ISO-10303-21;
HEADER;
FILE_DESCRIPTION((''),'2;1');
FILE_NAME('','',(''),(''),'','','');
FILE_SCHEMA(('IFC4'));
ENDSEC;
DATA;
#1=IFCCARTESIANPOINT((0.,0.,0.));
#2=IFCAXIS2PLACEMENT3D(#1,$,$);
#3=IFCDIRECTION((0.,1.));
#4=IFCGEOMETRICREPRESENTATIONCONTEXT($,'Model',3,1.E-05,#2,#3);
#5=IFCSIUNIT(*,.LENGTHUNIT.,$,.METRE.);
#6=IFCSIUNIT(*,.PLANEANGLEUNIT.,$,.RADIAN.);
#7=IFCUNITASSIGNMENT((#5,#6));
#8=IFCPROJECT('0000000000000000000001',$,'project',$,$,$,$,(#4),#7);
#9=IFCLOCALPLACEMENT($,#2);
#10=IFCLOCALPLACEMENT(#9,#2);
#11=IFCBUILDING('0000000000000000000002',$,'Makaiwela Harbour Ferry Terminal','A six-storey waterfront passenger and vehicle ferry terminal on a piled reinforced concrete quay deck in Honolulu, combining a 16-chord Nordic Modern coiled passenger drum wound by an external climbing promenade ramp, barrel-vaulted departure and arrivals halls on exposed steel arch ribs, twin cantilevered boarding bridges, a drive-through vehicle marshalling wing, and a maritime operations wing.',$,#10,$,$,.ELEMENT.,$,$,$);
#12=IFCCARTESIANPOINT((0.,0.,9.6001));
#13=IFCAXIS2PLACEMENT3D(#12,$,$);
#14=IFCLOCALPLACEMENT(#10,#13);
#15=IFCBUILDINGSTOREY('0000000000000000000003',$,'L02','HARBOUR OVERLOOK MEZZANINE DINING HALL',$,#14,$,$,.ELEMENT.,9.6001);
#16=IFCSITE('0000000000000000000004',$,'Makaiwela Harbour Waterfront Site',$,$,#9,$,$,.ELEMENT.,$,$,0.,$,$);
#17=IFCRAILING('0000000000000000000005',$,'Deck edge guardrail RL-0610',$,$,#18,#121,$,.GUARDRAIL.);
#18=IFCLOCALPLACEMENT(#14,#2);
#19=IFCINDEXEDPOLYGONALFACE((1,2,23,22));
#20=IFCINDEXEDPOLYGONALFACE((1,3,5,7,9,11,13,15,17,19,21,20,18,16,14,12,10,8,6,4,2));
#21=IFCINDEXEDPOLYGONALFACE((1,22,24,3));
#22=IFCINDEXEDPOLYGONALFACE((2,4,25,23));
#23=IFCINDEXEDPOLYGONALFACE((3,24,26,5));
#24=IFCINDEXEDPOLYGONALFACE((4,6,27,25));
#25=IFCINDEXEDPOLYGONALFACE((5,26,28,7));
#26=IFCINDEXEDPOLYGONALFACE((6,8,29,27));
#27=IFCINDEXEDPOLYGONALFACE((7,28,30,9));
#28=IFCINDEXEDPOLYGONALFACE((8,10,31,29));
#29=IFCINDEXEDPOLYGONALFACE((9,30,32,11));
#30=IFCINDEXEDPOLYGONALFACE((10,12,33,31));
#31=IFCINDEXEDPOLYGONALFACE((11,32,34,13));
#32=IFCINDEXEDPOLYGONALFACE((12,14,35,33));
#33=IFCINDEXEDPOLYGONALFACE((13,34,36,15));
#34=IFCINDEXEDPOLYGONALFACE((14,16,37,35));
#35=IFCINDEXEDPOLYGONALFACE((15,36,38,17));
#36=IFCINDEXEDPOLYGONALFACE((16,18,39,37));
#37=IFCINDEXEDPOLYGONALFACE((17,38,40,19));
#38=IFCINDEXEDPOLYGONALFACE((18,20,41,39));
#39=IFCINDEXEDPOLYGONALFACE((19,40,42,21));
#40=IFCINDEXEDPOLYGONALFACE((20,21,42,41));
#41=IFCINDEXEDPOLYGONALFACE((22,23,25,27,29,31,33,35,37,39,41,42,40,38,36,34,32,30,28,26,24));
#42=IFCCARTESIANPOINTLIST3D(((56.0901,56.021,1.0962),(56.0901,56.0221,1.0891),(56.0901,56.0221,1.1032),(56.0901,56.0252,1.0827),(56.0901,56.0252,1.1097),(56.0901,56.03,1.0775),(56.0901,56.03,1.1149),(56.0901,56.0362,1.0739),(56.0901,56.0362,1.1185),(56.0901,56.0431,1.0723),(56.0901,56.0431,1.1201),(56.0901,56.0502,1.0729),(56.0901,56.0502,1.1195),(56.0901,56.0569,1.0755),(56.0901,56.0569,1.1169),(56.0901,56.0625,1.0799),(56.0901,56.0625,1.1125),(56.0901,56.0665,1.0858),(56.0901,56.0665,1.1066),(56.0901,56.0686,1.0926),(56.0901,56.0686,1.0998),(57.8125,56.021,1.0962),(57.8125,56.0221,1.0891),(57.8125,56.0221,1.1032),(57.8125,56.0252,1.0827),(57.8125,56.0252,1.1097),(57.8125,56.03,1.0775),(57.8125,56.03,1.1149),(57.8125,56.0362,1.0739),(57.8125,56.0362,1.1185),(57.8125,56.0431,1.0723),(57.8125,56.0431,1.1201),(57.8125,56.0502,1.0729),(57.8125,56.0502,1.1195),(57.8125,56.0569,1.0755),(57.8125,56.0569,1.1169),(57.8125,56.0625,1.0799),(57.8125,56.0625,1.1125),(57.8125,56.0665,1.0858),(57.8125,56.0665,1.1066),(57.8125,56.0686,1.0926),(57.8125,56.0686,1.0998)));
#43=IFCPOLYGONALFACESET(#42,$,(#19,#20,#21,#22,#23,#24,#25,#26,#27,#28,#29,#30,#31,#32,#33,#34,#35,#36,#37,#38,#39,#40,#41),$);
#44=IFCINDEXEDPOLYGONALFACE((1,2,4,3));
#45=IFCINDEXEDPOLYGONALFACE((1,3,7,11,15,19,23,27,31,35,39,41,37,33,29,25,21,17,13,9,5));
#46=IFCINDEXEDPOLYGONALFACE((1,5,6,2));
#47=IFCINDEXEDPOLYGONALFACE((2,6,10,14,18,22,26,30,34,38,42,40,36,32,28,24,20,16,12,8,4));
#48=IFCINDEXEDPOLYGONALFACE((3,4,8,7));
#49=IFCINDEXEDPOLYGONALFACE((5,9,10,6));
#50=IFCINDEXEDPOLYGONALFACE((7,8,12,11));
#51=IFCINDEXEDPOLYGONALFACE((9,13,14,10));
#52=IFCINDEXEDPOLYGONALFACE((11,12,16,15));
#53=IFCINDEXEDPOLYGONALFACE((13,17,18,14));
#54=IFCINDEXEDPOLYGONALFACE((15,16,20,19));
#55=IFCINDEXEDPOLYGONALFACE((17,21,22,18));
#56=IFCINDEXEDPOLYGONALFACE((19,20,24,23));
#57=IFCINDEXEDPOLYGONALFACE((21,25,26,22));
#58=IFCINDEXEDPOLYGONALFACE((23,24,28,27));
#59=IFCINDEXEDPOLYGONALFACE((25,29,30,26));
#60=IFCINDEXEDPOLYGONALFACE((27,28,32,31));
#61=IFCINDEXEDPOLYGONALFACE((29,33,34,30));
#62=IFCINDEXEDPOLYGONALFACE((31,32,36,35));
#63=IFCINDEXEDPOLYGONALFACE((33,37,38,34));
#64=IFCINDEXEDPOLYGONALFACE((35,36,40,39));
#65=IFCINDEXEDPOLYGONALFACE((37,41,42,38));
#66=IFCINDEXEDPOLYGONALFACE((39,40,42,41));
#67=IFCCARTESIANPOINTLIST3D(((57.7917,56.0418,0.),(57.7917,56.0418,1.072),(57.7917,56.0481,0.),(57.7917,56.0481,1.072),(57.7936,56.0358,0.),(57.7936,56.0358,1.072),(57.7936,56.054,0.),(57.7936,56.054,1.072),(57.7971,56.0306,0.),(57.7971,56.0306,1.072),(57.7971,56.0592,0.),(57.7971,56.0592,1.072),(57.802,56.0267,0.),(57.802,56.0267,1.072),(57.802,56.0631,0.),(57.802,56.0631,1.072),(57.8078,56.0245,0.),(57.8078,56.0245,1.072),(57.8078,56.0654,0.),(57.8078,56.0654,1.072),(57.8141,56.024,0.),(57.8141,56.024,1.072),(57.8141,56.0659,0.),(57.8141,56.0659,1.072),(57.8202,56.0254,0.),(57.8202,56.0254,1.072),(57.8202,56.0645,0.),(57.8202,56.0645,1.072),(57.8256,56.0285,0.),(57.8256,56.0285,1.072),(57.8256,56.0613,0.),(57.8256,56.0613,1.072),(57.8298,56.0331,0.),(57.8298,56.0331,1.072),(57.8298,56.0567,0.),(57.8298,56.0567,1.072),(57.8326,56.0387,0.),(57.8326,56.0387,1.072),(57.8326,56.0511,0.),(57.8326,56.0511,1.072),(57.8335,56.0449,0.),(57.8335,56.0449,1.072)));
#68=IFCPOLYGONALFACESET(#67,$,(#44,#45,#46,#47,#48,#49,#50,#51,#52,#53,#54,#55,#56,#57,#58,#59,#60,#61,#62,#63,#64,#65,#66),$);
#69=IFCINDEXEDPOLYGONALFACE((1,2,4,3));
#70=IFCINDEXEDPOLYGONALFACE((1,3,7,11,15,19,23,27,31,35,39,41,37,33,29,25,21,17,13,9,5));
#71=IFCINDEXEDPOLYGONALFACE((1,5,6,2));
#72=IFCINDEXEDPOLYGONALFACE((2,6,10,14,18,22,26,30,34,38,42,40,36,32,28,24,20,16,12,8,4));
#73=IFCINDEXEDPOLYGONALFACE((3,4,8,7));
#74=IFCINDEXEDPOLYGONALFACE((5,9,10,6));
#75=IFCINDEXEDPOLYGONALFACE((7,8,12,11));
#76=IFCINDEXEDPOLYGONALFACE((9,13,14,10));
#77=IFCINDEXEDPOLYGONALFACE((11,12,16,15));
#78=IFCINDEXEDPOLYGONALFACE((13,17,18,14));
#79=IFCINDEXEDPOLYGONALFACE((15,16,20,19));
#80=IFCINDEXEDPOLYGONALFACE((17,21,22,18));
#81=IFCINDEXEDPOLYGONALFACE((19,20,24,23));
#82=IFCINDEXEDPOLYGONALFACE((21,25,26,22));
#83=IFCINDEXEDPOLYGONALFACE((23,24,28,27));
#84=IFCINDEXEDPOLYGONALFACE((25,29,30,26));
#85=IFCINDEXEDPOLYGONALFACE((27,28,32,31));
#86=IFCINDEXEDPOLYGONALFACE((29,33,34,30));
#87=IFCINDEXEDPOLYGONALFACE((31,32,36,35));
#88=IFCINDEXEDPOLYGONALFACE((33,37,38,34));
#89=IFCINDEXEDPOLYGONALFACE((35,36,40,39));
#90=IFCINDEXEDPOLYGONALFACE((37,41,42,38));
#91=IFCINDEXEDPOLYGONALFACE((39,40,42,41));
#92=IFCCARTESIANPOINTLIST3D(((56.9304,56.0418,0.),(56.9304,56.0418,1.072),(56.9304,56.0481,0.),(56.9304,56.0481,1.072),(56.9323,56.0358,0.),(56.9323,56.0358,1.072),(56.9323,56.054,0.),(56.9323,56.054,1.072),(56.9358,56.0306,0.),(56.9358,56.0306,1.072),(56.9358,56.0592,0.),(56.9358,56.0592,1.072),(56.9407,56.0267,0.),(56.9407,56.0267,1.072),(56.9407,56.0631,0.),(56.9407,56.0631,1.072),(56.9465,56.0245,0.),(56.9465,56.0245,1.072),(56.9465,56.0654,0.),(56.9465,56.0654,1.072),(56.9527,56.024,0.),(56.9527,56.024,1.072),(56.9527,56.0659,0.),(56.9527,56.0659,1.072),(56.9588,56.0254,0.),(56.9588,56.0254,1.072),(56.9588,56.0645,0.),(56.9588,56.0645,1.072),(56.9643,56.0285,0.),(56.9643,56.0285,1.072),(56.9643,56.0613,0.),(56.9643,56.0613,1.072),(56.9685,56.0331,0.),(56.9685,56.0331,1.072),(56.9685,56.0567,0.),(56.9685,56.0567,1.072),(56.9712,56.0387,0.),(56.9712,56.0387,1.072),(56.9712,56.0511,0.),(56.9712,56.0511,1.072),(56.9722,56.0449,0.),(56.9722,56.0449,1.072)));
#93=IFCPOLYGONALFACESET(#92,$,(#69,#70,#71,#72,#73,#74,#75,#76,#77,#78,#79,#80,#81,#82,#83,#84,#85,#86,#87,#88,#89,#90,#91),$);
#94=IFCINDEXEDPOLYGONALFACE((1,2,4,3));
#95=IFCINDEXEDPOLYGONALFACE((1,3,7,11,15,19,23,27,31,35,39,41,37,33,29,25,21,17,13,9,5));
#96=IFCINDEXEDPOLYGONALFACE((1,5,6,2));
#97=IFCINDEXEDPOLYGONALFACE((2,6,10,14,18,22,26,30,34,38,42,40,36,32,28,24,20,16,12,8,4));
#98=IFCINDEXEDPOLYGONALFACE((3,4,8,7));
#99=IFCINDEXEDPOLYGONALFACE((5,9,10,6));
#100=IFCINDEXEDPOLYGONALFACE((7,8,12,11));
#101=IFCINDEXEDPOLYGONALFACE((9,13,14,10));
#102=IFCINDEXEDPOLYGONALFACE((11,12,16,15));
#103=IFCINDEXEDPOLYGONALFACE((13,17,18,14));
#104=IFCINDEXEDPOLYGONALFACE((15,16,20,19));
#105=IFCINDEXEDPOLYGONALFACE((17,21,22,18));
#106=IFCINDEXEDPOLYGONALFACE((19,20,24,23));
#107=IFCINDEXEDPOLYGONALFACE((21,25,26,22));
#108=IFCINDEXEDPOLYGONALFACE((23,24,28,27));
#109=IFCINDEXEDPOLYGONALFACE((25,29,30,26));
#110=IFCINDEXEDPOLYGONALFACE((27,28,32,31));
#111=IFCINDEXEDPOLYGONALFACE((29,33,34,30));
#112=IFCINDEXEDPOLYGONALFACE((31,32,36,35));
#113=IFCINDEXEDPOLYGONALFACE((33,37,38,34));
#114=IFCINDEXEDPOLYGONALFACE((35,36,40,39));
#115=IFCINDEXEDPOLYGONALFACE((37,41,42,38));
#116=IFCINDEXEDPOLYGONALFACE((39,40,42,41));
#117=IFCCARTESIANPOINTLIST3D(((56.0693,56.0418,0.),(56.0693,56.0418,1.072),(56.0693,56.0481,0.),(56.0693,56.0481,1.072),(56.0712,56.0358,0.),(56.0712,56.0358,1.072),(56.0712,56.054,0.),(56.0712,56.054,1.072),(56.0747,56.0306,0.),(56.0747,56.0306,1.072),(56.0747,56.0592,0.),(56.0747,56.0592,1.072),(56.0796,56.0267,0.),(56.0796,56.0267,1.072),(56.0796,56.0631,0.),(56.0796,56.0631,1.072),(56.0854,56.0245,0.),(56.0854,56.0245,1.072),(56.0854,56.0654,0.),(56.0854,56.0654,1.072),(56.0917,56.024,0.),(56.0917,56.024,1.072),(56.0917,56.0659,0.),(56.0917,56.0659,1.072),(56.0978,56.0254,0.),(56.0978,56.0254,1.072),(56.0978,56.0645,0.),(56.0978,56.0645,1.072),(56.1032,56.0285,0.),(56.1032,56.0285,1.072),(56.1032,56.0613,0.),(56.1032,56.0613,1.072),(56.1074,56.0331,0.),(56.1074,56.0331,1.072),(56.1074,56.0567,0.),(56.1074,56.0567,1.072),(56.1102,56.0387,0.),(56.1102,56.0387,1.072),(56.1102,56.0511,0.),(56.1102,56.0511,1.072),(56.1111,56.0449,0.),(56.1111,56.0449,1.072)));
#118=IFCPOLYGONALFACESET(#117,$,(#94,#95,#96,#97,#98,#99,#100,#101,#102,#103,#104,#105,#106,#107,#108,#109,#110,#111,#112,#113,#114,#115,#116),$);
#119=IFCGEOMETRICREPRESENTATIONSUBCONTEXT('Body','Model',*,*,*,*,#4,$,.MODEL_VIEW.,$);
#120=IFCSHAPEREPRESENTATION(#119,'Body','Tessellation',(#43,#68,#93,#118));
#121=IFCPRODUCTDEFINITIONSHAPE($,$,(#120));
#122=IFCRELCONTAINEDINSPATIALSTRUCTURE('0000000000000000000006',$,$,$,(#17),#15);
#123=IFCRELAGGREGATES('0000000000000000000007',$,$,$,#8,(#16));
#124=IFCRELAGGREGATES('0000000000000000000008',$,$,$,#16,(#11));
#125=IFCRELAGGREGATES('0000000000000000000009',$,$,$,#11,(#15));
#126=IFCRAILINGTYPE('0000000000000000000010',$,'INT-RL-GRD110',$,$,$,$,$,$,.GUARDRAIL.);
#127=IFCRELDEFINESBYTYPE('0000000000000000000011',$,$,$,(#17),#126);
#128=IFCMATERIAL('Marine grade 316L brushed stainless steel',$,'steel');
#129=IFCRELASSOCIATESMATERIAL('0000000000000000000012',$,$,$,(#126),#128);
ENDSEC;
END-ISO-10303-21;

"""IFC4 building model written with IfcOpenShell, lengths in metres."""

from ifc_helpers import new_model, si_unit, direction, frame, origin, origin_2d, place, context, subcontext, project, spatial, circle, extrude, material, type_object, element, save


model = new_model("IFC4")

# Units and contexts
model_context = context("Model", 3, precision=1e-05, world=origin(), true_north=direction((0.0, 1.0)))
body_context = subcontext(model_context, "Body", "Model", "MODEL_VIEW")
ifc_project = project(units=[si_unit("LENGTHUNIT", "METRE"), si_unit("PLANEANGLEUNIT", "RADIAN")], contexts=[model_context])

# Site, building, storey
site_placement = place(None, origin())
site = spatial("IfcSite", under=ifc_project, at=site_placement, Name="Makaiwela Harbour Waterfront Site", CompositionType="ELEMENT", RefElevation=0.0)
building_placement = place(site_placement, origin())
building = spatial("IfcBuilding", under=site, at=building_placement, Name="Makaiwela Harbour Ferry Terminal", Description="A six-storey waterfront passenger and vehicle ferry terminal on a piled reinforced concrete quay deck in Honolulu, combining a 16-chord Nordic Modern coiled passenger drum wound by an external climbing promenade ramp, barrel-vaulted departure and arrivals halls on exposed steel arch ribs, twin cantilevered boarding bridges, a drive-through vehicle marshalling wing, and a maritime operations wing.", CompositionType="ELEMENT")
storey_placement = place(building_placement, frame((0.0, 0.0, 9.6001)))
storey = spatial("IfcBuildingStorey", under=building, at=storey_placement, Name="L02", Description="HARBOUR OVERLOOK MEZZANINE DINING HALL", CompositionType="ELEMENT", Elevation=9.6001)

# Shared definitions
ifc_material_1 = material(Name="Marine grade 316L brushed stainless steel", Category="steel")

# Railing
railing_type = type_object("IfcRailingType", Name="INT-RL-GRD110", PredefinedType="GUARDRAIL", material=ifc_material_1)
railing_1_placement = place(storey_placement, frame((57.8125, 56.0449, 0.0)))
element("IfcRailing", 1, at=railing_1_placement, inside=storey, type_object=railing_type, Name="Deck edge guardrail RL-0610", PredefinedType="GUARDRAIL", context=body_context, shape_type="SweptSolid", body=[
    extrude(circle(Radius=0.0239, at=origin_2d()), frame((0.0, 0.0, 1.0962), z_axis=(-1.0, 0.0, 0.0), x_axis=(0.0, -1.0, 0.0)), (0.0, 0.0, 1.0), 1.7224),
    extrude(circle(Radius=0.021, at=origin_2d()), origin(), (0.0, 0.0, 1.0), 1.072),
    extrude(circle(Radius=0.021, at=origin_2d()), frame((-0.8613, 0.0, 0.0)), (0.0, 0.0, 1.0), 1.072),
    extrude(circle(Radius=0.021, at=origin_2d()), frame((-1.7224, 0.0, 0.0)), (0.0, 0.0, 1.0), 1.072),
])

save(model, "model.ifc")
